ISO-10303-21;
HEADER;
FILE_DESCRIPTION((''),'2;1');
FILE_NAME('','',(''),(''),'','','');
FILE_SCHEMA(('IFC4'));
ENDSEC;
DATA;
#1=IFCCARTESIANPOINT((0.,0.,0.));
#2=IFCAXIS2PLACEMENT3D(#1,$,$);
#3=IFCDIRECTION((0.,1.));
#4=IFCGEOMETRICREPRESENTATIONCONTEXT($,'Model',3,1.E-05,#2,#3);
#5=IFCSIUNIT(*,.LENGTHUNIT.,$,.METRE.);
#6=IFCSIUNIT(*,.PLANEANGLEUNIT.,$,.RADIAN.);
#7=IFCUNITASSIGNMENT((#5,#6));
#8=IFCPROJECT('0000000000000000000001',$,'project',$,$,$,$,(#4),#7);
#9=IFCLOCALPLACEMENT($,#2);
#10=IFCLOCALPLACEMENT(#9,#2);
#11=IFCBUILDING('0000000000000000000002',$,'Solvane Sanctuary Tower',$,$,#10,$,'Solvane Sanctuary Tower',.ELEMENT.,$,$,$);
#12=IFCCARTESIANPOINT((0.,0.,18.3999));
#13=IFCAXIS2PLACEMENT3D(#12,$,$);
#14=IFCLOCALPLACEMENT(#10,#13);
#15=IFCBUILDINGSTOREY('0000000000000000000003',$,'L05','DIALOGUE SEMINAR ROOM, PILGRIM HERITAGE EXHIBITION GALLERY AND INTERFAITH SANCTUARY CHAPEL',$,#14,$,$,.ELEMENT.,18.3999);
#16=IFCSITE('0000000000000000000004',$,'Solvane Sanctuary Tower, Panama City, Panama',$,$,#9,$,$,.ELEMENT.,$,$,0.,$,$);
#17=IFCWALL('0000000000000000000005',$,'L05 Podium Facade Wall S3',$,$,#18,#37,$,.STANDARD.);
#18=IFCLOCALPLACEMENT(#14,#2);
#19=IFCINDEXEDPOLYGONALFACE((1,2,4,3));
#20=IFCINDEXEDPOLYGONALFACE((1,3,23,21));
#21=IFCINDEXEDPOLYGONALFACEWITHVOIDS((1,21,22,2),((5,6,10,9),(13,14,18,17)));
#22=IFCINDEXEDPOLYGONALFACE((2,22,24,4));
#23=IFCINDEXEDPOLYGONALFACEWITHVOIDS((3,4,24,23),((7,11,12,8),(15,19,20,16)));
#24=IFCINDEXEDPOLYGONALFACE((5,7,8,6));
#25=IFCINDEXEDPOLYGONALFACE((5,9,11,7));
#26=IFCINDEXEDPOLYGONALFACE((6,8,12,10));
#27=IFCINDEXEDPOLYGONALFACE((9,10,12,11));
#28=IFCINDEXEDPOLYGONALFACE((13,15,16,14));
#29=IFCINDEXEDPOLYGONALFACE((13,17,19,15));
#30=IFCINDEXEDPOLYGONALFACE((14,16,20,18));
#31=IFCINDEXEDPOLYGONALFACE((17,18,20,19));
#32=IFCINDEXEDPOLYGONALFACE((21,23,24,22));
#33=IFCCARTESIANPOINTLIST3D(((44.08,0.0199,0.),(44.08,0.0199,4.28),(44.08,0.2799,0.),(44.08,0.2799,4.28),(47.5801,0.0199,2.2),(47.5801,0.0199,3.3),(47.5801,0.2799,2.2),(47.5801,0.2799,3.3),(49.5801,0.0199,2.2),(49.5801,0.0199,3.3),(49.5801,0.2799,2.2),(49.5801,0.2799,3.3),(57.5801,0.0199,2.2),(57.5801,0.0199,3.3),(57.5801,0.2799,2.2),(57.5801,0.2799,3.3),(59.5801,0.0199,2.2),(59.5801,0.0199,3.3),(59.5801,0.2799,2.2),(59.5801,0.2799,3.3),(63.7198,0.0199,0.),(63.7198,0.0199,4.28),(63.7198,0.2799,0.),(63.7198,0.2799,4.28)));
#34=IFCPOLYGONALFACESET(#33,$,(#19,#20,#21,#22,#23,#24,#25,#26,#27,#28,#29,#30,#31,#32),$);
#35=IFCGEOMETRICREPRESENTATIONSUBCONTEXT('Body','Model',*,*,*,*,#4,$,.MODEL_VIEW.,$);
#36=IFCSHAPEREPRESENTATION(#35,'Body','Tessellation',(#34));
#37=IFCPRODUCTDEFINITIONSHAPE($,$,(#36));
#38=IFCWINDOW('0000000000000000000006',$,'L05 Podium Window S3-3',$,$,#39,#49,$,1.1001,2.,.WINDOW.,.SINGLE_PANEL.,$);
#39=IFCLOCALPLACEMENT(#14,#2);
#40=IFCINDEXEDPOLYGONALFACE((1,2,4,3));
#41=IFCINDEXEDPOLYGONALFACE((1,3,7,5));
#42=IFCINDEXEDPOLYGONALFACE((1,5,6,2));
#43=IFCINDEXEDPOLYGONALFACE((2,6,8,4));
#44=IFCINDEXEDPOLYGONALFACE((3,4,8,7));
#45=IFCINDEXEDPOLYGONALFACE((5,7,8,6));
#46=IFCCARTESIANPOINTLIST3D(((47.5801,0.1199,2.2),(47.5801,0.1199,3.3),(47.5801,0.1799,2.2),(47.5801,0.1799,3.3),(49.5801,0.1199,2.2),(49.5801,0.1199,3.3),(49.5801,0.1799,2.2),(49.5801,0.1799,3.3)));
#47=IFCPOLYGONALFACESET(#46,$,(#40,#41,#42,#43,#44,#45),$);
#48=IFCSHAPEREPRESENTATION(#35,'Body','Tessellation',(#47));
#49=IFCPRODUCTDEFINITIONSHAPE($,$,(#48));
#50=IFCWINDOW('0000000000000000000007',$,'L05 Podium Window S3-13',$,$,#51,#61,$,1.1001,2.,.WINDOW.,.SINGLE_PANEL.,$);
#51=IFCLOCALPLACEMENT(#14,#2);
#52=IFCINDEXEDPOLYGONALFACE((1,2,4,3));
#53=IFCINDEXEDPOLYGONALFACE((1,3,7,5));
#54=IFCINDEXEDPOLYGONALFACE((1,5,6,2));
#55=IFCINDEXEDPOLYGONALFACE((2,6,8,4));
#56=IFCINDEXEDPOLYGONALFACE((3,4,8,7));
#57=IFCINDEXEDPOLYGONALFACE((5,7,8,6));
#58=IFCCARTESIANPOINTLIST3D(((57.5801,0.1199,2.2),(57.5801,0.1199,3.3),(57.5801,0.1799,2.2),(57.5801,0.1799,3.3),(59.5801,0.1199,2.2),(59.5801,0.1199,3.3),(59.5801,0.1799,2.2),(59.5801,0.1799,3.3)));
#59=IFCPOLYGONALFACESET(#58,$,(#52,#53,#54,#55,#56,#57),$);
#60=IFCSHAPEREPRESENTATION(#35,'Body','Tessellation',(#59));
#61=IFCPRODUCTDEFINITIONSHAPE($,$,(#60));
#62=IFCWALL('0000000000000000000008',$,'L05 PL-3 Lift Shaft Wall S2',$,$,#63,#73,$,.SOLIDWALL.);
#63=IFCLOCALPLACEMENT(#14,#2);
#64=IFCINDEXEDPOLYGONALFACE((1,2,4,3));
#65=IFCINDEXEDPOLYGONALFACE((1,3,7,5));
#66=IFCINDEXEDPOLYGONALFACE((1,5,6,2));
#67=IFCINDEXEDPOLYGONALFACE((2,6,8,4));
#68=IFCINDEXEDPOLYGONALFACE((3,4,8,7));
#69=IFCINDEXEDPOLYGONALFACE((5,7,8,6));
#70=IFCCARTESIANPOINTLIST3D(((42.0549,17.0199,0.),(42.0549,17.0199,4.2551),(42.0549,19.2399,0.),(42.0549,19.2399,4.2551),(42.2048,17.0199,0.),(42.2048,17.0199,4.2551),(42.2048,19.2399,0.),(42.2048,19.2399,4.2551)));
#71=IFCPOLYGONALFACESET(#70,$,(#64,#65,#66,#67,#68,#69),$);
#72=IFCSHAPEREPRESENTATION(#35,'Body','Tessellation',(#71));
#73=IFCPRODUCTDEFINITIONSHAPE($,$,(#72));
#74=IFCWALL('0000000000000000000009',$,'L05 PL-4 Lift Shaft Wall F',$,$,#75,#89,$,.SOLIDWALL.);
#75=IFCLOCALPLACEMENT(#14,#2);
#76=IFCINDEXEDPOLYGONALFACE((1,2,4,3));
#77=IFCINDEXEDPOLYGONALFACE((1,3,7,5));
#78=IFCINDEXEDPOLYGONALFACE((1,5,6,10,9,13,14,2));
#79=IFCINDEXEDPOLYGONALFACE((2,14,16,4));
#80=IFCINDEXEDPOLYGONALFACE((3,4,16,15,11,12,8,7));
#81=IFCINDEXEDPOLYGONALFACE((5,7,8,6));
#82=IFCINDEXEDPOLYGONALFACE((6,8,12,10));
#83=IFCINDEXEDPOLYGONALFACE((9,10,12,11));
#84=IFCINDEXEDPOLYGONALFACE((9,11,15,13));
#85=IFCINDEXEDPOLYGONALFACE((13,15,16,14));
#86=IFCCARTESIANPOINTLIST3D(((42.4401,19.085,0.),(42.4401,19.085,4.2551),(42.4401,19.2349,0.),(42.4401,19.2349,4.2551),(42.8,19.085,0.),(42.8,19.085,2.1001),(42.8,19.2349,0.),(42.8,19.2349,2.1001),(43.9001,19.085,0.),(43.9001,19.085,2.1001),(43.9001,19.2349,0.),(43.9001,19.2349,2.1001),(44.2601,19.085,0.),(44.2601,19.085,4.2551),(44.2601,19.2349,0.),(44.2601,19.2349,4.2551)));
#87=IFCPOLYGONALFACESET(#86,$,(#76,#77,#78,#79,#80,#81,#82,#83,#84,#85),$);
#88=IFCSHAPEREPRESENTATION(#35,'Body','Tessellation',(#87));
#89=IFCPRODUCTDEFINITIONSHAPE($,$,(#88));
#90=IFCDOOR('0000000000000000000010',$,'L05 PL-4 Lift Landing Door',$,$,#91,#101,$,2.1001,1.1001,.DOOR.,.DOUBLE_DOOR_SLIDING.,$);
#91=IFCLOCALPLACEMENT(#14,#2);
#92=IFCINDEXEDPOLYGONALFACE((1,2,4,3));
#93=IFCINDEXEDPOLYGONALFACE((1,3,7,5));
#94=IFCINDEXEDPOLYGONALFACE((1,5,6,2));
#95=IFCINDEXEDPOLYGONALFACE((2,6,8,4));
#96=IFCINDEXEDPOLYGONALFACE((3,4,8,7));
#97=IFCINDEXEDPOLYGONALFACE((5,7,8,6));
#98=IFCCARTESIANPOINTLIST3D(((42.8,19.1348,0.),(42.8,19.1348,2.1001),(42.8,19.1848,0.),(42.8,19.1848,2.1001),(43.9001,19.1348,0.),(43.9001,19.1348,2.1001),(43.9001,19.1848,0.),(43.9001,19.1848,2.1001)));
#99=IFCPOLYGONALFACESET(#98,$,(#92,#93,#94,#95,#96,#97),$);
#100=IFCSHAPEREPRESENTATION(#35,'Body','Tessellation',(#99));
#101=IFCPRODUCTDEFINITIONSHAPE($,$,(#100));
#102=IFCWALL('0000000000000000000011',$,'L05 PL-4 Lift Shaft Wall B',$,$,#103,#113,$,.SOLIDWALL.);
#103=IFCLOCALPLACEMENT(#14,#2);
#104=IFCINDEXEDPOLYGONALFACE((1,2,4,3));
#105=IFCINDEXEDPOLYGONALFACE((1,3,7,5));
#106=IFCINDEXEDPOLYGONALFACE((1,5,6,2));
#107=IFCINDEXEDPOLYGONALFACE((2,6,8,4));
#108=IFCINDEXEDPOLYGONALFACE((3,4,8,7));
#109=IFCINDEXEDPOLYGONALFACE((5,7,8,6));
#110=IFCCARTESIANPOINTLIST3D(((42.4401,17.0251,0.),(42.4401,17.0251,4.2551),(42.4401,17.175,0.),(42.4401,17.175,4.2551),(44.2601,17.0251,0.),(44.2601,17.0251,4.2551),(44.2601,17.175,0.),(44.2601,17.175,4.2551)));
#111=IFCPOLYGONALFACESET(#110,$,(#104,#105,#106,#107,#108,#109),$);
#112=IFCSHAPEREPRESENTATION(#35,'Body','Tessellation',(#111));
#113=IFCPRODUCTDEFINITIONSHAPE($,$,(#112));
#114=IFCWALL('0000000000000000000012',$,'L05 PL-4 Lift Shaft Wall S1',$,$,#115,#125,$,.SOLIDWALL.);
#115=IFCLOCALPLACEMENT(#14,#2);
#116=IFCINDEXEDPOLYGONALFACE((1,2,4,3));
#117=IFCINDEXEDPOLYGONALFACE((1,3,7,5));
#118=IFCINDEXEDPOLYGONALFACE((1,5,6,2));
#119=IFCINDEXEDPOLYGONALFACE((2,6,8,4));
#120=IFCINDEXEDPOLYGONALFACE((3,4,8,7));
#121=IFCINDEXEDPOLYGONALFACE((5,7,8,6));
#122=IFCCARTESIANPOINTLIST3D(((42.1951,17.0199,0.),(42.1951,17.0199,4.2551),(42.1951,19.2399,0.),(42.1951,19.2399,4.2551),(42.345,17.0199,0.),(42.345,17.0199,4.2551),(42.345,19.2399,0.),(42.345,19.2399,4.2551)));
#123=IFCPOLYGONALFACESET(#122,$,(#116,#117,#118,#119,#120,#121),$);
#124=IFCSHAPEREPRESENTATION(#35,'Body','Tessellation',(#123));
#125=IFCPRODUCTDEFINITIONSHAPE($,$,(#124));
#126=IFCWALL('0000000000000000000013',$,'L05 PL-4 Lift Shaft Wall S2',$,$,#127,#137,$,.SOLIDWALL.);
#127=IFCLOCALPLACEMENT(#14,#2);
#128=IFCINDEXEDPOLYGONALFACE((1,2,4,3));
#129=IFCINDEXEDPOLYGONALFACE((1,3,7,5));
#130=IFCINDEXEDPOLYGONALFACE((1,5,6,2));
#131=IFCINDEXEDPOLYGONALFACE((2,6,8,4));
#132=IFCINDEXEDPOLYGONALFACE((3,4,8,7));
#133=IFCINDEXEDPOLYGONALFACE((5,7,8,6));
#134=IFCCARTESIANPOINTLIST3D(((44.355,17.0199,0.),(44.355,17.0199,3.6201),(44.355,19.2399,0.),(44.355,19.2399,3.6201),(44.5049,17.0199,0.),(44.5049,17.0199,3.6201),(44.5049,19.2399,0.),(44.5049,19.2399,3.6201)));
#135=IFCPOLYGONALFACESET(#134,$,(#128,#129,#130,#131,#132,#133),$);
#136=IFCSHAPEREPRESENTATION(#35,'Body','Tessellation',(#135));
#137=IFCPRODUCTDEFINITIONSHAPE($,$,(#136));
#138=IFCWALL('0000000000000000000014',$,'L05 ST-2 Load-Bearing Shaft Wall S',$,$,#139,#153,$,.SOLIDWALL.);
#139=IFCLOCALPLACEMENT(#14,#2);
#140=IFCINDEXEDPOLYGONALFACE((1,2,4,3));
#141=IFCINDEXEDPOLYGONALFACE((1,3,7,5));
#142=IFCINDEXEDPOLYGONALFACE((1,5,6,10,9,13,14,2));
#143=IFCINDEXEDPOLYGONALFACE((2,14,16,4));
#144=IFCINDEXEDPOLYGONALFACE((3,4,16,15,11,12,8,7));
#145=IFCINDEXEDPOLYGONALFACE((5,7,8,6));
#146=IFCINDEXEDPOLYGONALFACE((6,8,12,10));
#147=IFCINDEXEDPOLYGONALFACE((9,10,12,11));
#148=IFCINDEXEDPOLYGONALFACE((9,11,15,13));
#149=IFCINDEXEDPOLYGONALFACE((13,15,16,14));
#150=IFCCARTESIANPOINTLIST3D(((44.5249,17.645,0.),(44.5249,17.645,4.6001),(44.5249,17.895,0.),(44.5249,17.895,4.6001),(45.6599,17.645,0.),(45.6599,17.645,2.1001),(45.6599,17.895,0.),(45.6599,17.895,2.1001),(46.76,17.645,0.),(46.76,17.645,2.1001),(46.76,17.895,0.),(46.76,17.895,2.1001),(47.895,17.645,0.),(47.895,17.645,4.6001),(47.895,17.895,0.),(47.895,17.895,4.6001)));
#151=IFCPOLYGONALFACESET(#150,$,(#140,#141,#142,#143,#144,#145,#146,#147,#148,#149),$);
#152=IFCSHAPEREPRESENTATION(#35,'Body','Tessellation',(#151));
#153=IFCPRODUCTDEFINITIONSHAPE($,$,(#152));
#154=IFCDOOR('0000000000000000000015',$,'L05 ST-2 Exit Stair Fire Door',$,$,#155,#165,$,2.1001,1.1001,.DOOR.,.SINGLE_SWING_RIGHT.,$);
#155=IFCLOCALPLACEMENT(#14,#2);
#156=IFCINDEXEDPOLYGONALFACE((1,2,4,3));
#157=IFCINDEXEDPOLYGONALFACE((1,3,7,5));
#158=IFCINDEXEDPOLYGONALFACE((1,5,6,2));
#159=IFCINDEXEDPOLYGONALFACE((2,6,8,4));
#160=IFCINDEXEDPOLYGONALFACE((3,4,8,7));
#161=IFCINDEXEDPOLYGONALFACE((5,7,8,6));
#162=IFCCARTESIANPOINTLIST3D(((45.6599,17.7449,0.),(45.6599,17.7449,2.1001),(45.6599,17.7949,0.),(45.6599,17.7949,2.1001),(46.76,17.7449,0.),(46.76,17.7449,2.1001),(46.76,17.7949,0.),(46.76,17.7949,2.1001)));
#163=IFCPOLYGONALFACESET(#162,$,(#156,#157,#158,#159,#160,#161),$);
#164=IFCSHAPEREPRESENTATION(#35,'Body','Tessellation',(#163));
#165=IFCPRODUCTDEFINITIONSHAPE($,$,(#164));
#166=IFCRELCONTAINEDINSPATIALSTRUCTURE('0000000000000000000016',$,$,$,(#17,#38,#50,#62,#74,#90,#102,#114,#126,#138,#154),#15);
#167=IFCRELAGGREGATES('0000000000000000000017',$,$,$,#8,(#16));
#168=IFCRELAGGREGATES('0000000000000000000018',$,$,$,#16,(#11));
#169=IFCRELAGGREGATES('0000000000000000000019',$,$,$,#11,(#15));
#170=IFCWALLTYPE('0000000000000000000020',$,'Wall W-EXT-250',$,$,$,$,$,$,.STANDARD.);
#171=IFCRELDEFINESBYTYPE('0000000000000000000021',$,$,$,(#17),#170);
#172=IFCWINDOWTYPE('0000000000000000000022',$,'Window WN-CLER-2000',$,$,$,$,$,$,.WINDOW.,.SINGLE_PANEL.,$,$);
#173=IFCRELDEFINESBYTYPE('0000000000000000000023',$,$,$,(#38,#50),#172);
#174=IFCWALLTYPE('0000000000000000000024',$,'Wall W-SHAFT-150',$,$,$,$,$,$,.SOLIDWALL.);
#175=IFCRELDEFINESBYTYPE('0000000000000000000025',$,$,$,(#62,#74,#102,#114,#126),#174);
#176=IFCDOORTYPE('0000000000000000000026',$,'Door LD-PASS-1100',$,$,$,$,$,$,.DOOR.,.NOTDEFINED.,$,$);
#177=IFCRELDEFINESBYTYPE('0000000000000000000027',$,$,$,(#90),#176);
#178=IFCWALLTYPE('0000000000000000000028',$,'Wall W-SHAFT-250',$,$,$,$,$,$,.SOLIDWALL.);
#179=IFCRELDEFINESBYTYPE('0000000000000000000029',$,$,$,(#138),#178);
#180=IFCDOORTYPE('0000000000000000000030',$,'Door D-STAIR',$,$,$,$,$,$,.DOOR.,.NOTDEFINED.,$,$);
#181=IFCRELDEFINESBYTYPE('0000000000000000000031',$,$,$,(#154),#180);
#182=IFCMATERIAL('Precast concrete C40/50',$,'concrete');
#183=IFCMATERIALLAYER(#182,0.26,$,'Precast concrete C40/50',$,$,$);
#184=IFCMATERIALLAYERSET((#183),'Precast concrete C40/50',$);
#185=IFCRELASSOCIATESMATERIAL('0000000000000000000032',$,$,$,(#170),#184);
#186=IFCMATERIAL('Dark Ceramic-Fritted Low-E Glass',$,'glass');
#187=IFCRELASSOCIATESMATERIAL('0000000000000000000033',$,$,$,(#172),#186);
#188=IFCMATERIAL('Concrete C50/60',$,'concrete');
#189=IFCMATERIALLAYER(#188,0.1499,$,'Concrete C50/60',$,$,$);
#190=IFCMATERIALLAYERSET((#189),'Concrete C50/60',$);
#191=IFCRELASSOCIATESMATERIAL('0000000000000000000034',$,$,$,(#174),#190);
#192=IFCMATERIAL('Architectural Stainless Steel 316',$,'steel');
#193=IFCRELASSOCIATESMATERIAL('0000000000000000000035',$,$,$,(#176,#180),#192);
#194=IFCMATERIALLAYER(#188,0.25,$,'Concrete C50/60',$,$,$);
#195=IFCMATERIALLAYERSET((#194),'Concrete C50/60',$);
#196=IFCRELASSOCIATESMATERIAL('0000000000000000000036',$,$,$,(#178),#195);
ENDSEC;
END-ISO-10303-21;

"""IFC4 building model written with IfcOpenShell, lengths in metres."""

from ifc_helpers import new_model, si_unit, direction, frame, frame_2d, origin, place, context, subcontext, project, spatial, rectangle, extrude, material, layer, layer_set, type_object, element, fill, save


model = new_model("IFC4")

# Units and contexts
model_context = context("Model", 3, precision=1e-05, world=origin(), true_north=direction((0.0, 1.0)))
body_context = subcontext(model_context, "Body", "Model", "MODEL_VIEW")
ifc_project = project(units=[si_unit("LENGTHUNIT", "METRE"), si_unit("PLANEANGLEUNIT", "RADIAN")], contexts=[model_context])

# Site, building, storey
site_placement = place(None, origin())
site = spatial("IfcSite", under=ifc_project, at=site_placement, Name="Solvane Sanctuary Tower, Panama City, Panama", CompositionType="ELEMENT", RefElevation=0.0)
building_placement = place(site_placement, origin())
building = spatial("IfcBuilding", under=site, at=building_placement, Name="Solvane Sanctuary Tower", LongName="Solvane Sanctuary Tower", CompositionType="ELEMENT")
storey_placement = place(building_placement, frame((0.0, 0.0, 18.3999)))
storey = spatial("IfcBuildingStorey", under=building, at=storey_placement, Name="L05", Description="DIALOGUE SEMINAR ROOM, PILGRIM HERITAGE EXHIBITION GALLERY AND INTERFAITH SANCTUARY CHAPEL", CompositionType="ELEMENT", Elevation=18.3999)

# Shared definitions
ifc_material_1 = material(Name="Dark Ceramic-Fritted Low-E Glass", Category="glass")

# Shared definitions
ifc_material_2 = material(Name="Architectural Stainless Steel 316", Category="steel")

# Wall, openings, windows
ifc_material_3 = material(Name="Precast concrete C40/50", Category="concrete")
ifc_layer_1 = layer(ifc_material_3, 0.26, Name="Precast concrete C40/50")
ifc_layer_set_1 = layer_set([ifc_layer_1], Name="Precast concrete C40/50")
wall_type_1 = type_object("IfcWallType", Name="Wall W-EXT-250", PredefinedType="STANDARD", material=ifc_layer_set_1)
wall_1_placement = place(storey_placement, frame((44.0801, 0.1499, 0.0), z_axis=(0.0, 0.0, 1.0), x_axis=(1.0, 0.0, 0.0)))
wall_1 = element("IfcWall", 1, at=wall_1_placement, inside=storey, type_object=wall_type_1, Name="L05 Podium Facade Wall S3", PredefinedType="STANDARD", context=body_context, shape_type="SweptSolid", body=[
    extrude(rectangle(XDim=19.6399, YDim=0.26, at=frame_2d((9.8198, 0.0))), origin(), (0.0, 0.0, 1.0), 4.28),
])
opening_1_placement = place(wall_1_placement, frame((3.5, 0.0, 2.2)))
opening_1 = element("IfcOpeningElement", 2, at=opening_1_placement, cuts=wall_1, PredefinedType="OPENING", context=body_context, shape_type="SweptSolid", body=[
    extrude(rectangle(XDim=2.0, YDim=1.1001, at=frame_2d((1.0, 0.55))), frame((0.0, 0.1399, 0.0), z_axis=(0.0, -1.0, 0.0), x_axis=(1.0, 0.0, 0.0)), (0.0, 0.0, 1.0), 0.28),
])
opening_2_placement = place(wall_1_placement, frame((13.5, 0.0, 2.2)))
opening_2 = element("IfcOpeningElement", 3, at=opening_2_placement, cuts=wall_1, PredefinedType="OPENING", context=body_context, shape_type="SweptSolid", body=[
    extrude(rectangle(XDim=2.0, YDim=1.1001, at=frame_2d((1.0, 0.55))), frame((0.0, 0.1399, 0.0), z_axis=(0.0, -1.0, 0.0), x_axis=(1.0, 0.0, 0.0)), (0.0, 0.0, 1.0), 0.28),
])
window_type = type_object("IfcWindowType", Name="Window WN-CLER-2000", PartitioningType="SINGLE_PANEL", PredefinedType="WINDOW", material=ifc_material_1)
window_1_placement = place(opening_1_placement, origin())
window_1 = element("IfcWindow", 4, at=window_1_placement, inside=storey, type_object=window_type, Name="L05 Podium Window S3-3", OverallHeight=1.1001, OverallWidth=2.0, PartitioningType="SINGLE_PANEL", PredefinedType="WINDOW", context=body_context, shape_type="SweptSolid", body=[
    extrude(rectangle(XDim=2.0, YDim=1.1001, at=frame_2d((1.0, 0.55))), frame((0.0, 0.03, 0.0), z_axis=(0.0, -1.0, 0.0), x_axis=(1.0, 0.0, 0.0)), (0.0, 0.0, 1.0), 0.0601),
])
fill(opening_1, window_1)
window_2_placement = place(opening_2_placement, origin())
window_2 = element("IfcWindow", 5, at=window_2_placement, inside=storey, type_object=window_type, Name="L05 Podium Window S3-13", OverallHeight=1.1001, OverallWidth=2.0, PartitioningType="SINGLE_PANEL", PredefinedType="WINDOW", context=body_context, shape_type="SweptSolid", body=[
    extrude(rectangle(XDim=2.0, YDim=1.1001, at=frame_2d((1.0, 0.55))), frame((0.0, 0.03, 0.0), z_axis=(0.0, -1.0, 0.0), x_axis=(1.0, 0.0, 0.0)), (0.0, 0.0, 1.0), 0.0601),
])
fill(opening_2, window_2)

# Wall
ifc_material_4 = material(Name="Concrete C50/60", Category="concrete")
ifc_layer_2 = layer(ifc_material_4, 0.1499, Name="Concrete C50/60")
ifc_layer_set_2 = layer_set([ifc_layer_2], Name="Concrete C50/60")
wall_type_2 = type_object("IfcWallType", Name="Wall W-SHAFT-150", PredefinedType="SOLIDWALL", material=ifc_layer_set_2)
wall_2_placement = place(storey_placement, frame((42.1299, 17.02, 0.0), z_axis=(0.0, 0.0, 1.0), x_axis=(0.0, 1.0, 0.0)))
element("IfcWall", 6, at=wall_2_placement, inside=storey, type_object=wall_type_2, Name="L05 PL-3 Lift Shaft Wall S2", PredefinedType="SOLIDWALL", context=body_context, shape_type="SweptSolid", body=[
    extrude(rectangle(XDim=2.22, YDim=0.1499, at=frame_2d((1.1099, 0.0))), origin(), (0.0, 0.0, 1.0), 4.2551),
])

# Wall, opening, door
wall_3_placement = place(storey_placement, frame((42.4399, 19.1599, 0.0), z_axis=(0.0, 0.0, 1.0), x_axis=(1.0, 0.0, 0.0)))
wall_3 = element("IfcWall", 7, at=wall_3_placement, inside=storey, type_object=wall_type_2, Name="L05 PL-4 Lift Shaft Wall F", PredefinedType="SOLIDWALL", context=body_context, shape_type="SweptSolid", body=[
    extrude(rectangle(XDim=1.8201, YDim=0.1499, at=frame_2d((0.9102, 0.0))), origin(), (0.0, 0.0, 1.0), 4.2551),
])
opening_3_placement = place(wall_3_placement, frame((0.3601, 0.0, 0.0)))
opening_3 = element("IfcOpeningElement", 8, at=opening_3_placement, cuts=wall_3, PredefinedType="OPENING", context=body_context, shape_type="SweptSolid", body=[
    extrude(rectangle(XDim=1.1001, YDim=2.1001, at=frame_2d((0.55, 1.05))), frame((0.0, 0.085, 0.0), z_axis=(0.0, -1.0, 0.0), x_axis=(1.0, 0.0, 0.0)), (0.0, 0.0, 1.0), 0.1699),
])
door_type_1 = type_object("IfcDoorType", Name="Door LD-PASS-1100", OperationType="NOTDEFINED", PredefinedType="DOOR", material=ifc_material_2)
door_1_placement = place(opening_3_placement, origin())
door_1 = element("IfcDoor", 9, at=door_1_placement, inside=storey, type_object=door_type_1, Name="L05 PL-4 Lift Landing Door", OperationType="DOUBLE_DOOR_SLIDING", OverallHeight=2.1001, OverallWidth=1.1001, PredefinedType="DOOR", context=body_context, shape_type="SweptSolid", body=[
    extrude(rectangle(XDim=1.1001, YDim=2.1001, at=frame_2d((0.55, 1.05))), frame((0.0, 0.0249, 0.0), z_axis=(0.0, -1.0, 0.0), x_axis=(1.0, 0.0, 0.0)), (0.0, 0.0, 1.0), 0.05),
])
fill(opening_3, door_1)

# Walls
wall_4_placement = place(storey_placement, frame((42.4399, 17.1001, 0.0), z_axis=(0.0, 0.0, 1.0), x_axis=(1.0, 0.0, 0.0)))
element("IfcWall", 10, at=wall_4_placement, inside=storey, type_object=wall_type_2, Name="L05 PL-4 Lift Shaft Wall B", PredefinedType="SOLIDWALL", context=body_context, shape_type="SweptSolid", body=[
    extrude(rectangle(XDim=1.8201, YDim=0.1499, at=frame_2d((0.9102, 0.0))), origin(), (0.0, 0.0, 1.0), 4.2551),
])
wall_5_placement = place(storey_placement, frame((42.27, 17.02, 0.0), z_axis=(0.0, 0.0, 1.0), x_axis=(0.0, 1.0, 0.0)))
element("IfcWall", 11, at=wall_5_placement, inside=storey, type_object=wall_type_2, Name="L05 PL-4 Lift Shaft Wall S1", PredefinedType="SOLIDWALL", context=body_context, shape_type="SweptSolid", body=[
    extrude(rectangle(XDim=2.22, YDim=0.1499, at=frame_2d((1.1099, 0.0))), origin(), (0.0, 0.0, 1.0), 4.2551),
])
wall_6_placement = place(storey_placement, frame((44.4299, 17.02, 0.0), z_axis=(0.0, 0.0, 1.0), x_axis=(0.0, 1.0, 0.0)))
element("IfcWall", 12, at=wall_6_placement, inside=storey, type_object=wall_type_2, Name="L05 PL-4 Lift Shaft Wall S2", PredefinedType="SOLIDWALL", context=body_context, shape_type="SweptSolid", body=[
    extrude(rectangle(XDim=2.22, YDim=0.1499, at=frame_2d((1.1099, 0.0))), origin(), (0.0, 0.0, 1.0), 3.6201),
])

# Wall, opening, door
ifc_layer_3 = layer(ifc_material_4, 0.25, Name="Concrete C50/60")
ifc_layer_set_3 = layer_set([ifc_layer_3], Name="Concrete C50/60")
wall_type_3 = type_object("IfcWallType", Name="Wall W-SHAFT-250", PredefinedType="SOLIDWALL", material=ifc_layer_set_3)
wall_7_placement = place(storey_placement, frame((44.5249, 17.77, 0.0), z_axis=(0.0, 0.0, 1.0), x_axis=(1.0, 0.0, 0.0)))
wall_7 = element("IfcWall", 13, at=wall_7_placement, inside=storey, type_object=wall_type_3, Name="L05 ST-2 Load-Bearing Shaft Wall S", PredefinedType="SOLIDWALL", context=body_context, shape_type="SweptSolid", body=[
    extrude(rectangle(XDim=3.3701, YDim=0.25, at=frame_2d((1.6851, 0.0))), origin(), (0.0, 0.0, 1.0), 4.6001),
])
opening_4_placement = place(wall_7_placement, frame((1.135, 0.0, 0.0)))
opening_4 = element("IfcOpeningElement", 14, at=opening_4_placement, cuts=wall_7, PredefinedType="OPENING", context=body_context, shape_type="SweptSolid", body=[
    extrude(rectangle(XDim=1.1001, YDim=2.1001, at=frame_2d((0.55, 1.05))), frame((0.0, 0.135, 0.0), z_axis=(0.0, -1.0, 0.0), x_axis=(1.0, 0.0, 0.0)), (0.0, 0.0, 1.0), 0.27),
])
door_type_2 = type_object("IfcDoorType", Name="Door D-STAIR", OperationType="NOTDEFINED", PredefinedType="DOOR", material=ifc_material_2)
door_2_placement = place(opening_4_placement, origin())
door_2 = element("IfcDoor", 15, at=door_2_placement, inside=storey, type_object=door_type_2, Name="L05 ST-2 Exit Stair Fire Door", OperationType="SINGLE_SWING_RIGHT", OverallHeight=2.1001, OverallWidth=1.1001, PredefinedType="DOOR", context=body_context, shape_type="SweptSolid", body=[
    extrude(rectangle(XDim=1.1001, YDim=2.1001, at=frame_2d((0.55, 1.05))), frame((0.0, 0.0249, 0.0), z_axis=(0.0, -1.0, 0.0), x_axis=(1.0, 0.0, 0.0)), (0.0, 0.0, 1.0), 0.05),
])
fill(opening_4, door_2)

save(model, "model.ifc")
